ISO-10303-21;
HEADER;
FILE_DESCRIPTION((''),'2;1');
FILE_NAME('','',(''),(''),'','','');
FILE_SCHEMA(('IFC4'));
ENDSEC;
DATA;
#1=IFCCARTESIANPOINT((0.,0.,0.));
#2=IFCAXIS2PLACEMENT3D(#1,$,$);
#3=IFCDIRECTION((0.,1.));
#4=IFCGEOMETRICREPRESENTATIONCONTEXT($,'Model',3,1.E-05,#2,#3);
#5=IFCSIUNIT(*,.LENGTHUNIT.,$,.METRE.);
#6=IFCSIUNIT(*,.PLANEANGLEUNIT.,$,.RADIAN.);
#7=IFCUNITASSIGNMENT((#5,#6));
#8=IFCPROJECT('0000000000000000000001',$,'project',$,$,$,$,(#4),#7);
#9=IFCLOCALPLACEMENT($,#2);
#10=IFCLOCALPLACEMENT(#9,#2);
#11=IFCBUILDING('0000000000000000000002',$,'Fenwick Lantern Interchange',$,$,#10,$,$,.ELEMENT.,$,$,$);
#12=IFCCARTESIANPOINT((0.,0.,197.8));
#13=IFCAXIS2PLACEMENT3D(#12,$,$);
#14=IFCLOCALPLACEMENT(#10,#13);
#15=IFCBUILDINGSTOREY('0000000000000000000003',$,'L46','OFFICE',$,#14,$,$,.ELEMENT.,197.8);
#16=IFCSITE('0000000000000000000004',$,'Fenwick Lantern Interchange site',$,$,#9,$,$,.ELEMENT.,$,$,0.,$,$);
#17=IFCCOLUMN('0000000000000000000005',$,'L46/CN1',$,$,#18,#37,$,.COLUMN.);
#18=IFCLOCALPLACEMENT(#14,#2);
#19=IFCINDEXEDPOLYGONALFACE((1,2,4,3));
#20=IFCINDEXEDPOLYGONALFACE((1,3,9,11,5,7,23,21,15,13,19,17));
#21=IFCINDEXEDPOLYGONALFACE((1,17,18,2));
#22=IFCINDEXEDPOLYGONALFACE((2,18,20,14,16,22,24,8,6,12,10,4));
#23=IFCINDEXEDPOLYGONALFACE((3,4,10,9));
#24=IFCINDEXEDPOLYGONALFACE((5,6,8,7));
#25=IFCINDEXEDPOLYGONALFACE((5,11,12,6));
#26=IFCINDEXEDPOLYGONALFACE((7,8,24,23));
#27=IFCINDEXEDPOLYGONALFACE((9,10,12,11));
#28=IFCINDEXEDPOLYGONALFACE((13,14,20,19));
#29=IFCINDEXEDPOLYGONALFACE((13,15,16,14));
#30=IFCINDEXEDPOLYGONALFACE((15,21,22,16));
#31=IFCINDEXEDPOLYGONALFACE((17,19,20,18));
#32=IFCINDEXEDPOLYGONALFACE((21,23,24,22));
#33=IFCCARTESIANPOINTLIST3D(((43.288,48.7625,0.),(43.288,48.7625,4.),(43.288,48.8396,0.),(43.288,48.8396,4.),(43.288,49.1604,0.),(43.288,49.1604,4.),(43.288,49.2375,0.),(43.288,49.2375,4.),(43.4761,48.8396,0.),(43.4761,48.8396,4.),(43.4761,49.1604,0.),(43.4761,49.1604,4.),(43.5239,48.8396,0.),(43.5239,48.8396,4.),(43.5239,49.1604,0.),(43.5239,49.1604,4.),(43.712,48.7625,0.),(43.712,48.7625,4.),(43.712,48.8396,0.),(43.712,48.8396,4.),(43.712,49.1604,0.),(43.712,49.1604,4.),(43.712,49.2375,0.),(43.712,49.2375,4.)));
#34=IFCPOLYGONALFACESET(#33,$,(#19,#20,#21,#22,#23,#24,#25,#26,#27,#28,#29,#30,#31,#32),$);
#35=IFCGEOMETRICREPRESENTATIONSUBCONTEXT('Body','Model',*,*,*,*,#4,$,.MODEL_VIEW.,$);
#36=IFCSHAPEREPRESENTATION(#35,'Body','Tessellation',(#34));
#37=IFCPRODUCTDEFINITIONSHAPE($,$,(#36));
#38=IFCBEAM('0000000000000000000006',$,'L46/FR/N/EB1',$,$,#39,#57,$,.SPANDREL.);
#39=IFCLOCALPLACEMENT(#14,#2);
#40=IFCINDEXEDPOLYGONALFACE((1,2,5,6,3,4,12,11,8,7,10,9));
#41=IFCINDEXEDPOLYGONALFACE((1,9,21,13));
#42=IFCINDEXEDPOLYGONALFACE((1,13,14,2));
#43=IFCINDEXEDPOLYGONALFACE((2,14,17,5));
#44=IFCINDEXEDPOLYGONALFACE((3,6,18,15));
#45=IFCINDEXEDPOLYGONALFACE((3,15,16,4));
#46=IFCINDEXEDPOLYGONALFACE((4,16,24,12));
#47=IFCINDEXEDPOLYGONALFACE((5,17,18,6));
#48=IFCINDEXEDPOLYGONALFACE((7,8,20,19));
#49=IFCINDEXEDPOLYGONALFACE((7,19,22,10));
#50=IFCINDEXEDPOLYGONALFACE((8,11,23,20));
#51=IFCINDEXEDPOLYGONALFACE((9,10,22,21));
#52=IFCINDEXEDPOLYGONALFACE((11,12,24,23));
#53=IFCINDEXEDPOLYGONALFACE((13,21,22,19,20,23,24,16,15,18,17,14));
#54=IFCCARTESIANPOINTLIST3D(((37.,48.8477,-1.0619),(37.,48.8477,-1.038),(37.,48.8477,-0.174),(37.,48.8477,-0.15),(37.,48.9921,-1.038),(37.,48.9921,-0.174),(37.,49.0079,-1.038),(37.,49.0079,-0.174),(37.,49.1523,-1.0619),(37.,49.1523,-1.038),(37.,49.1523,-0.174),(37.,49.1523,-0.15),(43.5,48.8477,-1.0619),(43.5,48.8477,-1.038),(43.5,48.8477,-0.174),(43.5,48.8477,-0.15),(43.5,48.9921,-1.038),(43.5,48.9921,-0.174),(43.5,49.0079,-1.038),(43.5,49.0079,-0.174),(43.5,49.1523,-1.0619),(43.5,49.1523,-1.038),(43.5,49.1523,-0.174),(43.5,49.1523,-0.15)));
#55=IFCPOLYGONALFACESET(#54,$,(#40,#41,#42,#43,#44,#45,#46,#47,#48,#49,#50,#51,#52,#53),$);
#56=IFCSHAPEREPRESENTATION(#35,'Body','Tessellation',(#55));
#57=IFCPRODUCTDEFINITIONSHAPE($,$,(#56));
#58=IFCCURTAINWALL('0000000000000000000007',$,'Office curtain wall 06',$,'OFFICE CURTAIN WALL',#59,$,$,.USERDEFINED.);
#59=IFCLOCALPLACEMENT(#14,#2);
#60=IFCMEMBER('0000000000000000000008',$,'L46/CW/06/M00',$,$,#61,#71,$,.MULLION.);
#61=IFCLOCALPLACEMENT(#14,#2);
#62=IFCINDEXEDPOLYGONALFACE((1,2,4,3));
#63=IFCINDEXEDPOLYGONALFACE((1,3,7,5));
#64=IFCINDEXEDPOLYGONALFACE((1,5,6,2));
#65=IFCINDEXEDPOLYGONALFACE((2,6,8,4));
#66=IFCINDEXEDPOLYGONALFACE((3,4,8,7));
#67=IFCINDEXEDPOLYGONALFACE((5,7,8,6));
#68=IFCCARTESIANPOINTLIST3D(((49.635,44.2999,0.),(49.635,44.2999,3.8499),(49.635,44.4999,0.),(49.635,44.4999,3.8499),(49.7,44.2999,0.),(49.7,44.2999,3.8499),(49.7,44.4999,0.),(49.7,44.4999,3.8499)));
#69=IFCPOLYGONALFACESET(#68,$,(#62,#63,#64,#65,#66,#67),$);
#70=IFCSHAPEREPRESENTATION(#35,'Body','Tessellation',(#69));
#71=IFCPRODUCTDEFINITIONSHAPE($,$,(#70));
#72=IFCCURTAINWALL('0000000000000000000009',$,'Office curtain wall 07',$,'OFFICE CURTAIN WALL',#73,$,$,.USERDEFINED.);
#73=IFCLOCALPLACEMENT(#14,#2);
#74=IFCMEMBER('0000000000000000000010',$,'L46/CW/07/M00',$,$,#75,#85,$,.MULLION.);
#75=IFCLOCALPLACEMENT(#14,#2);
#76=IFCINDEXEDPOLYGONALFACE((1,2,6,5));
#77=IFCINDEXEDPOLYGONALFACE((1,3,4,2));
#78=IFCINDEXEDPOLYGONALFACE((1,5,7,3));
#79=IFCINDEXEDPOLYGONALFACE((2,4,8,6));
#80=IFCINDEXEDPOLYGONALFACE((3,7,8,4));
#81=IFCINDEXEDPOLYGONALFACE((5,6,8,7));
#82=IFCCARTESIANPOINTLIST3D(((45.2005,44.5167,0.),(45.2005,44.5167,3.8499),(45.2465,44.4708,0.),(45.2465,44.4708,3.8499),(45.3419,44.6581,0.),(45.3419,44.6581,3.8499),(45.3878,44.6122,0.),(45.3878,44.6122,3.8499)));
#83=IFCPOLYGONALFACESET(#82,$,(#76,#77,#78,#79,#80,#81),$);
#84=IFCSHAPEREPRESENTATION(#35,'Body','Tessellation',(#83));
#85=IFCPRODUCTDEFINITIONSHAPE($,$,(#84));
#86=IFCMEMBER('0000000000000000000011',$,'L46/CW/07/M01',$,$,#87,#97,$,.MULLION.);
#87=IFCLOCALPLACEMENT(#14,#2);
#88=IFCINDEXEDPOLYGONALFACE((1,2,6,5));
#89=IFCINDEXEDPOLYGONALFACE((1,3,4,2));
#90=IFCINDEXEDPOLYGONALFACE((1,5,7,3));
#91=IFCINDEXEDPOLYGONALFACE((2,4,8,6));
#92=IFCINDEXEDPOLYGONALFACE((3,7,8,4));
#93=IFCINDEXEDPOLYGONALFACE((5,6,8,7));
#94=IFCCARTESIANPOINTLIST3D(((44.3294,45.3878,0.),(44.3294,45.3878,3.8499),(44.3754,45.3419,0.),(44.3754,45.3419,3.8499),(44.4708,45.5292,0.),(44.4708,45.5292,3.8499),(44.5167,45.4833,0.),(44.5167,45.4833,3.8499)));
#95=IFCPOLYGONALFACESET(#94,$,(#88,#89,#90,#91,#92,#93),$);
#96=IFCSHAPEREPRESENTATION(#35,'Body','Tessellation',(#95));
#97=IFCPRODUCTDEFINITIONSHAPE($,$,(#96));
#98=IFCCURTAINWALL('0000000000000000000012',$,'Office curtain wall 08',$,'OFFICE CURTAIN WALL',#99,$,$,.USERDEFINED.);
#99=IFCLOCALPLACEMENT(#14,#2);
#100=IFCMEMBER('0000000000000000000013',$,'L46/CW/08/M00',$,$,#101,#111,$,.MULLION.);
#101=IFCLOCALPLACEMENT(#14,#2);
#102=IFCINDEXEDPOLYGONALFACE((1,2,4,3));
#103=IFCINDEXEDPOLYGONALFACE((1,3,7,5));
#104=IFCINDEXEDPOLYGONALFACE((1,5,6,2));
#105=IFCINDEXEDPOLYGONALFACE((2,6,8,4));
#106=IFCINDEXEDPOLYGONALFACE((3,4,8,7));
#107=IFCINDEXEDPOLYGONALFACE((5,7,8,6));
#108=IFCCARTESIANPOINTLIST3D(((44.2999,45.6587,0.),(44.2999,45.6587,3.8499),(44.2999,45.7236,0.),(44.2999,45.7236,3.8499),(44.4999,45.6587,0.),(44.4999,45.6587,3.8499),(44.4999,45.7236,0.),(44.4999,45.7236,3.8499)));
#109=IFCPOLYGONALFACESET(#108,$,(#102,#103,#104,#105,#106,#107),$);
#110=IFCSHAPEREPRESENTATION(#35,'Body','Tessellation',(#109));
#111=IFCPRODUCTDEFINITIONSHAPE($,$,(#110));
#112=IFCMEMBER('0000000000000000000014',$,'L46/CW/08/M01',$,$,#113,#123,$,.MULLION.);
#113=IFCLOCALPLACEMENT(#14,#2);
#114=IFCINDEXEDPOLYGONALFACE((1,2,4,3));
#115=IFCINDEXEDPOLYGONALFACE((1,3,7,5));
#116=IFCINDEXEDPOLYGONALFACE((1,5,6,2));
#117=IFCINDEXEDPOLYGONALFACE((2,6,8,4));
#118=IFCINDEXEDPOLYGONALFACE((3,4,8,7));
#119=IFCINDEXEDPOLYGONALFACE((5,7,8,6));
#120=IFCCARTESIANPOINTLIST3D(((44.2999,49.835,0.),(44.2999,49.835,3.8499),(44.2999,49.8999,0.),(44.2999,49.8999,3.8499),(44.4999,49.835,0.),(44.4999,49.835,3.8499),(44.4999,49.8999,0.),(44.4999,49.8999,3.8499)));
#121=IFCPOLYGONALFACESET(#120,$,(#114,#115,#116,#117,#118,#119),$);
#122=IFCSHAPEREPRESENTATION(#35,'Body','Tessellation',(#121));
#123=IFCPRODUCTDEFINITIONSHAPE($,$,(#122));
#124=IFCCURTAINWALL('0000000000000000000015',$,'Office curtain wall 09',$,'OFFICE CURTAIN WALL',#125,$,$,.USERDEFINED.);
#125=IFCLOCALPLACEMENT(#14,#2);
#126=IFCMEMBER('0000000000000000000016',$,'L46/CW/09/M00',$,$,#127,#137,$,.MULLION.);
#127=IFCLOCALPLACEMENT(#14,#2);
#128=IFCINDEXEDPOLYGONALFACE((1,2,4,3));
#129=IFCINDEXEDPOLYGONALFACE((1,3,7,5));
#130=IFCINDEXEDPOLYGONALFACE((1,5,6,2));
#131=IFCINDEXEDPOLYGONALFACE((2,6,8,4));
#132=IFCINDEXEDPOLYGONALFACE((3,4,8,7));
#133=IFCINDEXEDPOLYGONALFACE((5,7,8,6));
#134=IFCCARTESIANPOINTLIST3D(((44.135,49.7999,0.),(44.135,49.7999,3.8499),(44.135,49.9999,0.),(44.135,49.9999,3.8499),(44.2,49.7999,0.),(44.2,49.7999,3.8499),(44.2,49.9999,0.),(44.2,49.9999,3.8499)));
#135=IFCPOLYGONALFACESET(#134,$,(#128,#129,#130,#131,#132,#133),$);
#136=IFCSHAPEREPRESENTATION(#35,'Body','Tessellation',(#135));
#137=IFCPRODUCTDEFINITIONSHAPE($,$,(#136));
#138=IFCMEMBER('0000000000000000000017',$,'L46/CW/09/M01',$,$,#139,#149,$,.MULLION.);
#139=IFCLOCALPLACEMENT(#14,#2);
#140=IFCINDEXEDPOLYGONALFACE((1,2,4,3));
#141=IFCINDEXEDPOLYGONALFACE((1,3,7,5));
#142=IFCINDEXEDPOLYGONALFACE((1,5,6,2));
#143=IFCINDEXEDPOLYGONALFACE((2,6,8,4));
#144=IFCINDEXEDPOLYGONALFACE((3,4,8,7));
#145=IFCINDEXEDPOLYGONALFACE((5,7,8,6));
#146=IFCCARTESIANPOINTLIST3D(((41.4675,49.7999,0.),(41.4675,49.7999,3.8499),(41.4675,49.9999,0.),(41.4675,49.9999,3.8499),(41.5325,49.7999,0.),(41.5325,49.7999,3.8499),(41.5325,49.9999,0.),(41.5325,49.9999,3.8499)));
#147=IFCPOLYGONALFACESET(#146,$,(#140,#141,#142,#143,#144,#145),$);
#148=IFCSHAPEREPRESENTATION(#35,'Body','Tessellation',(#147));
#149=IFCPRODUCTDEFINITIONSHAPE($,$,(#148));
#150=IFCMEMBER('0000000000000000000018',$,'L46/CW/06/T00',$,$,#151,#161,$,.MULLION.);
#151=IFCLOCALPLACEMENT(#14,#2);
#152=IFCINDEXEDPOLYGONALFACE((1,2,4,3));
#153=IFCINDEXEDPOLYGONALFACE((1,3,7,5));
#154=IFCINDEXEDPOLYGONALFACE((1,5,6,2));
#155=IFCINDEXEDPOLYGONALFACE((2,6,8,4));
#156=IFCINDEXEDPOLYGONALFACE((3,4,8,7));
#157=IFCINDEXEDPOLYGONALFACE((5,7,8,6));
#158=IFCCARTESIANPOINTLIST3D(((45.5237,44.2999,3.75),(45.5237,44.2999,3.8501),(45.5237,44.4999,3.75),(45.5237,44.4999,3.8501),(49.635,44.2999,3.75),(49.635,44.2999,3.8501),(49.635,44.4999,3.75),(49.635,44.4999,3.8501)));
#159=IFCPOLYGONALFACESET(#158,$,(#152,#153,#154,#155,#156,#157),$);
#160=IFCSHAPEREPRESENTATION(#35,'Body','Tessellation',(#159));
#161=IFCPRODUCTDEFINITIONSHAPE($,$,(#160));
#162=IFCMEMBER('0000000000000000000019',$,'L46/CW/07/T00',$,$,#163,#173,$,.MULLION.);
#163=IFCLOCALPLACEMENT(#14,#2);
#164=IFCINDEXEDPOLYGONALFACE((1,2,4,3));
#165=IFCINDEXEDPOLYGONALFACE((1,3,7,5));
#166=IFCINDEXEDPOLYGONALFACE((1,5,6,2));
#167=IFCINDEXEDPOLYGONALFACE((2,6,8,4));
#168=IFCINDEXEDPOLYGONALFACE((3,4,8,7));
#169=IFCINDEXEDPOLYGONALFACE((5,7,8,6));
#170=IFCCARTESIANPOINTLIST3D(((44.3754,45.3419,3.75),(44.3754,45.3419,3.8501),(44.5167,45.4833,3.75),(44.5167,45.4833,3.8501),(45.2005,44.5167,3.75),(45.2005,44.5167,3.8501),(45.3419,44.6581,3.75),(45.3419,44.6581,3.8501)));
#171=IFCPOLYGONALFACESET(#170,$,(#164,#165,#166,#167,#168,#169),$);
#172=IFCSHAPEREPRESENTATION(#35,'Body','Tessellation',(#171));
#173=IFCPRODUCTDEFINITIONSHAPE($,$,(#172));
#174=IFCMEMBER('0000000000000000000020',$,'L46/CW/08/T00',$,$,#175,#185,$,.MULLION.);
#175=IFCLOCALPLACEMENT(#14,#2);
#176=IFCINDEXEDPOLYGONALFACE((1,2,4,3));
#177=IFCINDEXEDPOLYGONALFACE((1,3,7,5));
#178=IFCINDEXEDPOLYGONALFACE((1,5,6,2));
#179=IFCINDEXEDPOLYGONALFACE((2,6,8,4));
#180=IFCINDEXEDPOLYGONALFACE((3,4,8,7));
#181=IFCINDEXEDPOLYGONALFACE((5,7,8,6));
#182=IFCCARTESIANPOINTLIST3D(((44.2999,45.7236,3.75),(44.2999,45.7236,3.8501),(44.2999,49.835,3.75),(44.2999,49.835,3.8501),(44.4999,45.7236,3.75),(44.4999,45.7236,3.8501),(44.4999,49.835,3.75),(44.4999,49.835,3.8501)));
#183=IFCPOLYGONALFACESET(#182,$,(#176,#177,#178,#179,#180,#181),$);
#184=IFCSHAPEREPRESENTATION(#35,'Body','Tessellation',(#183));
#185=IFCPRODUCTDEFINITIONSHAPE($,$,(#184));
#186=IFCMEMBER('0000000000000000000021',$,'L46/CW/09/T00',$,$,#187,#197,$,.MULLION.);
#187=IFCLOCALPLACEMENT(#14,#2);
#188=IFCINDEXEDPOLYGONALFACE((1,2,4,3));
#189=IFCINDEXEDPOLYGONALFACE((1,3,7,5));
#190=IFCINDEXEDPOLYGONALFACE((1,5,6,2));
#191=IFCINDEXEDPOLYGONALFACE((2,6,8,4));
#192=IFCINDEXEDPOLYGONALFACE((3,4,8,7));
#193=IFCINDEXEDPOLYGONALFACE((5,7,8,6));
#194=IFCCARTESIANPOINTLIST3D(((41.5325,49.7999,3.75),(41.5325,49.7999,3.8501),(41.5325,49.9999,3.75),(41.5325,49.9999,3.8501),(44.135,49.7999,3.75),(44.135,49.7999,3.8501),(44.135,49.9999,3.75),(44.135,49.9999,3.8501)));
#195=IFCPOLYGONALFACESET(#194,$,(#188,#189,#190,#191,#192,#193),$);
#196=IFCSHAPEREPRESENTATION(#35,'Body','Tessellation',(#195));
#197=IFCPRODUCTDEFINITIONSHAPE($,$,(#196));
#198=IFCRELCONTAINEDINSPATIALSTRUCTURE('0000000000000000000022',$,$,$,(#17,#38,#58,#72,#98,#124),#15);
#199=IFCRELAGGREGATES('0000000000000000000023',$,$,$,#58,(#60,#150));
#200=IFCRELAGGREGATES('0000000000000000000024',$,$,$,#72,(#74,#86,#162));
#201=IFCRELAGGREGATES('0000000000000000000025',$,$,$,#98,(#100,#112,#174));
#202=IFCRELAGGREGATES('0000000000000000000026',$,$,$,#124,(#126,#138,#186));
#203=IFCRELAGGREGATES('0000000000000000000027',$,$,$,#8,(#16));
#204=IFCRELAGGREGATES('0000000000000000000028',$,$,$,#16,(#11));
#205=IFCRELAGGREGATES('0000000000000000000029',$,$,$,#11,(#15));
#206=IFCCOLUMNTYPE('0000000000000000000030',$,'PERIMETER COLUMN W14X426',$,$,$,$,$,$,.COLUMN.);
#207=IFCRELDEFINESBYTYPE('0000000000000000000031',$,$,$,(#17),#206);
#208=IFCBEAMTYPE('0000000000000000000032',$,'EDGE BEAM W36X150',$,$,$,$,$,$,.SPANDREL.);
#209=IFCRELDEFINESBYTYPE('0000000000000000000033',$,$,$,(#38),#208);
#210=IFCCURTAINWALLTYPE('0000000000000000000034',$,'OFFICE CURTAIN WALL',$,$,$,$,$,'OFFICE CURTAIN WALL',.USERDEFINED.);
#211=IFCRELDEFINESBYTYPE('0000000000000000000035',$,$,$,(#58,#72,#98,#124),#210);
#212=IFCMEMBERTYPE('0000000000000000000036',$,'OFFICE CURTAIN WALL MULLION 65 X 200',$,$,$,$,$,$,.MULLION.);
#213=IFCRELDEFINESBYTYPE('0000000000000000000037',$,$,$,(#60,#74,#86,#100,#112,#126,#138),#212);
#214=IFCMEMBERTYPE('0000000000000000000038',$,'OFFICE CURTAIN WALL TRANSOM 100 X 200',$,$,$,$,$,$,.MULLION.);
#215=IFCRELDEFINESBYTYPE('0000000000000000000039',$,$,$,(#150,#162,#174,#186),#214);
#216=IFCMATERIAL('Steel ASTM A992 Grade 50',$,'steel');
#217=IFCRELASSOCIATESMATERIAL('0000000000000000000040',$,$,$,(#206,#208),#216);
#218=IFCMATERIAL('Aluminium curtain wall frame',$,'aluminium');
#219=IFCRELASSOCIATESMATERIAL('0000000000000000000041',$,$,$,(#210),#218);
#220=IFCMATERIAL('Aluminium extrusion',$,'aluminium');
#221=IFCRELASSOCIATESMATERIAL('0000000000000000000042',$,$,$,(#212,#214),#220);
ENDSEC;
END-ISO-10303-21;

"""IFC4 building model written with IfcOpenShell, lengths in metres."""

from ifc_helpers import new_model, si_unit, direction, frame, origin, origin_2d, place, context, subcontext, project, spatial, rectangle, i_section, extrude, material, material_profile, profile_set, type_object, element, aggregate, save


model = new_model("IFC4")

# Units and contexts
model_context = context("Model", 3, precision=1e-05, world=origin(), true_north=direction((0.0, 1.0)))
body_context = subcontext(model_context, "Body", "Model", "MODEL_VIEW")
ifc_project = project(units=[si_unit("LENGTHUNIT", "METRE"), si_unit("PLANEANGLEUNIT", "RADIAN")], contexts=[model_context])

# Site, building, storey
site_placement = place(None, origin())
site = spatial("IfcSite", under=ifc_project, at=site_placement, Name="Fenwick Lantern Interchange site", CompositionType="ELEMENT", RefElevation=0.0)
building_placement = place(site_placement, origin())
building = spatial("IfcBuilding", under=site, at=building_placement, Name="Fenwick Lantern Interchange", CompositionType="ELEMENT")
storey_placement = place(building_placement, frame((0.0, 0.0, 197.8)))
storey = spatial("IfcBuildingStorey", under=building, at=storey_placement, Name="L46", Description="OFFICE", CompositionType="ELEMENT", Elevation=197.8)

# Column
ifc_material_1 = material(Name="Steel ASTM A992 Grade 50", Category="steel")
ifc_material_profile_1 = material_profile(ifc_material_1, i_section(OverallWidth=0.4241, OverallDepth=0.4751, WebThickness=0.0479, FlangeThickness=0.0771, at=origin_2d()), Name="W14X426")
ifc_profile_set_1 = profile_set([ifc_material_profile_1], Name="Steel ASTM A992 Grade 50")
column_type = type_object("IfcColumnType", Name="PERIMETER COLUMN W14X426", PredefinedType="COLUMN", material=ifc_profile_set_1)
column_placement = place(storey_placement, frame((43.5, 49.0, 0.0), z_axis=(0.0, 0.0, 1.0), x_axis=(1.0, 0.0, 0.0)))
element("IfcColumn", 1, at=column_placement, inside=storey, type_object=column_type, Name="L46/CN1", PredefinedType="COLUMN", context=body_context, shape_type="SweptSolid", body=[
    extrude(i_section(OverallWidth=0.4241, OverallDepth=0.4751, WebThickness=0.0479, FlangeThickness=0.0771, at=origin_2d()), origin(), (0.0, 0.0, 1.0), 4.0),
])

# Beam
ifc_material_profile_2 = material_profile(ifc_material_1, i_section(OverallWidth=0.3047, OverallDepth=0.9119, WebThickness=0.0159, FlangeThickness=0.0239, at=origin_2d()), Name="W36X150")
ifc_profile_set_2 = profile_set([ifc_material_profile_2], Name="Steel ASTM A992 Grade 50")
beam_type = type_object("IfcBeamType", Name="EDGE BEAM W36X150", PredefinedType="SPANDREL", material=ifc_profile_set_2)
beam_placement = place(storey_placement, frame((43.5, 49.0, -0.606), z_axis=(-1.0, 0.0, 0.0), x_axis=(0.0, -1.0, 0.0)))
element("IfcBeam", 2, at=beam_placement, inside=storey, type_object=beam_type, Name="L46/FR/N/EB1", PredefinedType="SPANDREL", context=body_context, shape_type="SweptSolid", body=[
    extrude(i_section(OverallWidth=0.3047, OverallDepth=0.9119, WebThickness=0.0159, FlangeThickness=0.0239, at=origin_2d()), origin(), (0.0, 0.0, 1.0), 6.5),
])

# Curtain wall, member
ifc_material_2 = material(Name="Aluminium curtain wall frame", Category="aluminium")
curtain_wall_type = type_object("IfcCurtainWallType", Name="OFFICE CURTAIN WALL", ElementType="OFFICE CURTAIN WALL", PredefinedType="USERDEFINED", material=ifc_material_2)
curtain_wall_1_placement = place(storey_placement, origin())
curtain_wall_1 = element("IfcCurtainWall", 3, at=curtain_wall_1_placement, inside=storey, type_object=curtain_wall_type, Name="Office curtain wall 06", ObjectType="OFFICE CURTAIN WALL", PredefinedType="USERDEFINED")
ifc_material_3 = material(Name="Aluminium extrusion", Category="aluminium")
ifc_material_profile_3 = material_profile(ifc_material_3, rectangle(XDim=0.2, YDim=0.0649, at=origin_2d()), Name="OFFICE CURTAIN WALL MULLION 65 X 200")
ifc_profile_set_3 = profile_set([ifc_material_profile_3], Name="Aluminium extrusion")
member_type_1 = type_object("IfcMemberType", Name="OFFICE CURTAIN WALL MULLION 65 X 200", PredefinedType="MULLION", material=ifc_profile_set_3)
member_1_placement = place(storey_placement, frame((49.6675, 44.3999, 0.0), z_axis=(0.0, 0.0, 1.0), x_axis=(0.0, -1.0, 0.0)))
member_1 = element("IfcMember", 4, at=member_1_placement, type_object=member_type_1, Name="L46/CW/06/M00", PredefinedType="MULLION", context=body_context, shape_type="SweptSolid", body=[
    extrude(rectangle(XDim=0.2, YDim=0.0649, at=origin_2d()), origin(), (0.0, 0.0, 1.0), 3.8499),
])

# Curtain walls, members
curtain_wall_2_placement = place(storey_placement, origin())
curtain_wall_2 = element("IfcCurtainWall", 5, at=curtain_wall_2_placement, inside=storey, type_object=curtain_wall_type, Name="Office curtain wall 07", ObjectType="OFFICE CURTAIN WALL", PredefinedType="USERDEFINED")
member_2_placement = place(storey_placement, frame((45.2942, 44.5645, 0.0), z_axis=(0.0, 0.0, 1.0), x_axis=(-0.707107, -0.707107, 0.0)))
member_2 = element("IfcMember", 6, at=member_2_placement, type_object=member_type_1, Name="L46/CW/07/M00", PredefinedType="MULLION", context=body_context, shape_type="SweptSolid", body=[
    extrude(rectangle(XDim=0.2, YDim=0.0649, at=origin_2d()), origin(), (0.0, 0.0, 1.0), 3.8499),
])
member_3_placement = place(storey_placement, frame((44.4231, 45.4355, 0.0), z_axis=(0.0, 0.0, 1.0), x_axis=(-0.707107, -0.707107, 0.0)))
member_3 = element("IfcMember", 7, at=member_3_placement, type_object=member_type_1, Name="L46/CW/07/M01", PredefinedType="MULLION", context=body_context, shape_type="SweptSolid", body=[
    extrude(rectangle(XDim=0.2, YDim=0.0649, at=origin_2d()), origin(), (0.0, 0.0, 1.0), 3.8499),
])
curtain_wall_3_placement = place(storey_placement, origin())
curtain_wall_3 = element("IfcCurtainWall", 8, at=curtain_wall_3_placement, inside=storey, type_object=curtain_wall_type, Name="Office curtain wall 08", ObjectType="OFFICE CURTAIN WALL", PredefinedType="USERDEFINED")
member_4_placement = place(storey_placement, frame((44.3999, 45.6912, 0.0), z_axis=(0.0, 0.0, 1.0), x_axis=(-1.0, 0.0, 0.0)))
member_4 = element("IfcMember", 9, at=member_4_placement, type_object=member_type_1, Name="L46/CW/08/M00", PredefinedType="MULLION", context=body_context, shape_type="SweptSolid", body=[
    extrude(rectangle(XDim=0.2, YDim=0.0649, at=origin_2d()), origin(), (0.0, 0.0, 1.0), 3.8499),
])
member_5_placement = place(storey_placement, frame((44.3999, 49.8674, 0.0), z_axis=(0.0, 0.0, 1.0), x_axis=(-1.0, 0.0, 0.0)))
member_5 = element("IfcMember", 10, at=member_5_placement, type_object=member_type_1, Name="L46/CW/08/M01", PredefinedType="MULLION", context=body_context, shape_type="SweptSolid", body=[
    extrude(rectangle(XDim=0.2, YDim=0.0649, at=origin_2d()), origin(), (0.0, 0.0, 1.0), 3.8499),
])
curtain_wall_4_placement = place(storey_placement, origin())
curtain_wall_4 = element("IfcCurtainWall", 11, at=curtain_wall_4_placement, inside=storey, type_object=curtain_wall_type, Name="Office curtain wall 09", ObjectType="OFFICE CURTAIN WALL", PredefinedType="USERDEFINED")
member_6_placement = place(storey_placement, frame((44.1675, 49.8999, 0.0), z_axis=(0.0, 0.0, 1.0), x_axis=(0.0, -1.0, 0.0)))
member_6 = element("IfcMember", 12, at=member_6_placement, type_object=member_type_1, Name="L46/CW/09/M00", PredefinedType="MULLION", context=body_context, shape_type="SweptSolid", body=[
    extrude(rectangle(XDim=0.2, YDim=0.0649, at=origin_2d()), origin(), (0.0, 0.0, 1.0), 3.8499),
])
member_7_placement = place(storey_placement, frame((41.5, 49.8999, 0.0), z_axis=(0.0, 0.0, 1.0), x_axis=(0.0, -1.0, 0.0)))
member_7 = element("IfcMember", 13, at=member_7_placement, type_object=member_type_1, Name="L46/CW/09/M01", PredefinedType="MULLION", context=body_context, shape_type="SweptSolid", body=[
    extrude(rectangle(XDim=0.2, YDim=0.0649, at=origin_2d()), origin(), (0.0, 0.0, 1.0), 3.8499),
])

# Members
ifc_material_profile_4 = material_profile(ifc_material_3, rectangle(XDim=0.2, YDim=0.1001, at=origin_2d()), Name="OFFICE CURTAIN WALL TRANSOM 100 X 200")
ifc_profile_set_4 = profile_set([ifc_material_profile_4], Name="Aluminium extrusion")
member_type_2 = type_object("IfcMemberType", Name="OFFICE CURTAIN WALL TRANSOM 100 X 200", PredefinedType="MULLION", material=ifc_profile_set_4)
member_8_placement = place(storey_placement, frame((49.635, 44.3999, 3.8), z_axis=(-1.0, 0.0, 0.0), x_axis=(0.0, -1.0, 0.0)))
member_8 = element("IfcMember", 14, at=member_8_placement, type_object=member_type_2, Name="L46/CW/06/T00", PredefinedType="MULLION", context=body_context, shape_type="SweptSolid", body=[
    extrude(rectangle(XDim=0.2, YDim=0.1001, at=origin_2d()), origin(), (0.0, 0.0, 1.0), 4.1113),
])
aggregate(curtain_wall_1, [member_1, member_8])
member_9_placement = place(storey_placement, frame((45.2712, 44.5874, 3.8), z_axis=(-0.707107, 0.707107, 0.0), x_axis=(-0.707107, -0.707107, 0.0)))
member_9 = element("IfcMember", 15, at=member_9_placement, type_object=member_type_2, Name="L46/CW/07/T00", PredefinedType="MULLION", context=body_context, shape_type="SweptSolid", body=[
    extrude(rectangle(XDim=0.2, YDim=0.1001, at=origin_2d()), origin(), (0.0, 0.0, 1.0), 1.167),
])
member_10_placement = place(storey_placement, frame((44.3999, 45.7236, 3.8), z_axis=(0.0, 1.0, 0.0), x_axis=(-1.0, 0.0, 0.0)))
member_10 = element("IfcMember", 16, at=member_10_placement, type_object=member_type_2, Name="L46/CW/08/T00", PredefinedType="MULLION", context=body_context, shape_type="SweptSolid", body=[
    extrude(rectangle(XDim=0.2, YDim=0.1001, at=origin_2d()), origin(), (0.0, 0.0, 1.0), 4.1113),
])
member_11_placement = place(storey_placement, frame((44.135, 49.8999, 3.8), z_axis=(-1.0, 0.0, 0.0), x_axis=(0.0, -1.0, 0.0)))
member_11 = element("IfcMember", 17, at=member_11_placement, type_object=member_type_2, Name="L46/CW/09/T00", PredefinedType="MULLION", context=body_context, shape_type="SweptSolid", body=[
    extrude(rectangle(XDim=0.2, YDim=0.1001, at=origin_2d()), origin(), (0.0, 0.0, 1.0), 2.6025),
])

aggregate(curtain_wall_2, [member_2, member_3, member_9])
aggregate(curtain_wall_3, [member_4, member_5, member_10])
aggregate(curtain_wall_4, [member_6, member_7, member_11])

save(model, "model.ifc")
